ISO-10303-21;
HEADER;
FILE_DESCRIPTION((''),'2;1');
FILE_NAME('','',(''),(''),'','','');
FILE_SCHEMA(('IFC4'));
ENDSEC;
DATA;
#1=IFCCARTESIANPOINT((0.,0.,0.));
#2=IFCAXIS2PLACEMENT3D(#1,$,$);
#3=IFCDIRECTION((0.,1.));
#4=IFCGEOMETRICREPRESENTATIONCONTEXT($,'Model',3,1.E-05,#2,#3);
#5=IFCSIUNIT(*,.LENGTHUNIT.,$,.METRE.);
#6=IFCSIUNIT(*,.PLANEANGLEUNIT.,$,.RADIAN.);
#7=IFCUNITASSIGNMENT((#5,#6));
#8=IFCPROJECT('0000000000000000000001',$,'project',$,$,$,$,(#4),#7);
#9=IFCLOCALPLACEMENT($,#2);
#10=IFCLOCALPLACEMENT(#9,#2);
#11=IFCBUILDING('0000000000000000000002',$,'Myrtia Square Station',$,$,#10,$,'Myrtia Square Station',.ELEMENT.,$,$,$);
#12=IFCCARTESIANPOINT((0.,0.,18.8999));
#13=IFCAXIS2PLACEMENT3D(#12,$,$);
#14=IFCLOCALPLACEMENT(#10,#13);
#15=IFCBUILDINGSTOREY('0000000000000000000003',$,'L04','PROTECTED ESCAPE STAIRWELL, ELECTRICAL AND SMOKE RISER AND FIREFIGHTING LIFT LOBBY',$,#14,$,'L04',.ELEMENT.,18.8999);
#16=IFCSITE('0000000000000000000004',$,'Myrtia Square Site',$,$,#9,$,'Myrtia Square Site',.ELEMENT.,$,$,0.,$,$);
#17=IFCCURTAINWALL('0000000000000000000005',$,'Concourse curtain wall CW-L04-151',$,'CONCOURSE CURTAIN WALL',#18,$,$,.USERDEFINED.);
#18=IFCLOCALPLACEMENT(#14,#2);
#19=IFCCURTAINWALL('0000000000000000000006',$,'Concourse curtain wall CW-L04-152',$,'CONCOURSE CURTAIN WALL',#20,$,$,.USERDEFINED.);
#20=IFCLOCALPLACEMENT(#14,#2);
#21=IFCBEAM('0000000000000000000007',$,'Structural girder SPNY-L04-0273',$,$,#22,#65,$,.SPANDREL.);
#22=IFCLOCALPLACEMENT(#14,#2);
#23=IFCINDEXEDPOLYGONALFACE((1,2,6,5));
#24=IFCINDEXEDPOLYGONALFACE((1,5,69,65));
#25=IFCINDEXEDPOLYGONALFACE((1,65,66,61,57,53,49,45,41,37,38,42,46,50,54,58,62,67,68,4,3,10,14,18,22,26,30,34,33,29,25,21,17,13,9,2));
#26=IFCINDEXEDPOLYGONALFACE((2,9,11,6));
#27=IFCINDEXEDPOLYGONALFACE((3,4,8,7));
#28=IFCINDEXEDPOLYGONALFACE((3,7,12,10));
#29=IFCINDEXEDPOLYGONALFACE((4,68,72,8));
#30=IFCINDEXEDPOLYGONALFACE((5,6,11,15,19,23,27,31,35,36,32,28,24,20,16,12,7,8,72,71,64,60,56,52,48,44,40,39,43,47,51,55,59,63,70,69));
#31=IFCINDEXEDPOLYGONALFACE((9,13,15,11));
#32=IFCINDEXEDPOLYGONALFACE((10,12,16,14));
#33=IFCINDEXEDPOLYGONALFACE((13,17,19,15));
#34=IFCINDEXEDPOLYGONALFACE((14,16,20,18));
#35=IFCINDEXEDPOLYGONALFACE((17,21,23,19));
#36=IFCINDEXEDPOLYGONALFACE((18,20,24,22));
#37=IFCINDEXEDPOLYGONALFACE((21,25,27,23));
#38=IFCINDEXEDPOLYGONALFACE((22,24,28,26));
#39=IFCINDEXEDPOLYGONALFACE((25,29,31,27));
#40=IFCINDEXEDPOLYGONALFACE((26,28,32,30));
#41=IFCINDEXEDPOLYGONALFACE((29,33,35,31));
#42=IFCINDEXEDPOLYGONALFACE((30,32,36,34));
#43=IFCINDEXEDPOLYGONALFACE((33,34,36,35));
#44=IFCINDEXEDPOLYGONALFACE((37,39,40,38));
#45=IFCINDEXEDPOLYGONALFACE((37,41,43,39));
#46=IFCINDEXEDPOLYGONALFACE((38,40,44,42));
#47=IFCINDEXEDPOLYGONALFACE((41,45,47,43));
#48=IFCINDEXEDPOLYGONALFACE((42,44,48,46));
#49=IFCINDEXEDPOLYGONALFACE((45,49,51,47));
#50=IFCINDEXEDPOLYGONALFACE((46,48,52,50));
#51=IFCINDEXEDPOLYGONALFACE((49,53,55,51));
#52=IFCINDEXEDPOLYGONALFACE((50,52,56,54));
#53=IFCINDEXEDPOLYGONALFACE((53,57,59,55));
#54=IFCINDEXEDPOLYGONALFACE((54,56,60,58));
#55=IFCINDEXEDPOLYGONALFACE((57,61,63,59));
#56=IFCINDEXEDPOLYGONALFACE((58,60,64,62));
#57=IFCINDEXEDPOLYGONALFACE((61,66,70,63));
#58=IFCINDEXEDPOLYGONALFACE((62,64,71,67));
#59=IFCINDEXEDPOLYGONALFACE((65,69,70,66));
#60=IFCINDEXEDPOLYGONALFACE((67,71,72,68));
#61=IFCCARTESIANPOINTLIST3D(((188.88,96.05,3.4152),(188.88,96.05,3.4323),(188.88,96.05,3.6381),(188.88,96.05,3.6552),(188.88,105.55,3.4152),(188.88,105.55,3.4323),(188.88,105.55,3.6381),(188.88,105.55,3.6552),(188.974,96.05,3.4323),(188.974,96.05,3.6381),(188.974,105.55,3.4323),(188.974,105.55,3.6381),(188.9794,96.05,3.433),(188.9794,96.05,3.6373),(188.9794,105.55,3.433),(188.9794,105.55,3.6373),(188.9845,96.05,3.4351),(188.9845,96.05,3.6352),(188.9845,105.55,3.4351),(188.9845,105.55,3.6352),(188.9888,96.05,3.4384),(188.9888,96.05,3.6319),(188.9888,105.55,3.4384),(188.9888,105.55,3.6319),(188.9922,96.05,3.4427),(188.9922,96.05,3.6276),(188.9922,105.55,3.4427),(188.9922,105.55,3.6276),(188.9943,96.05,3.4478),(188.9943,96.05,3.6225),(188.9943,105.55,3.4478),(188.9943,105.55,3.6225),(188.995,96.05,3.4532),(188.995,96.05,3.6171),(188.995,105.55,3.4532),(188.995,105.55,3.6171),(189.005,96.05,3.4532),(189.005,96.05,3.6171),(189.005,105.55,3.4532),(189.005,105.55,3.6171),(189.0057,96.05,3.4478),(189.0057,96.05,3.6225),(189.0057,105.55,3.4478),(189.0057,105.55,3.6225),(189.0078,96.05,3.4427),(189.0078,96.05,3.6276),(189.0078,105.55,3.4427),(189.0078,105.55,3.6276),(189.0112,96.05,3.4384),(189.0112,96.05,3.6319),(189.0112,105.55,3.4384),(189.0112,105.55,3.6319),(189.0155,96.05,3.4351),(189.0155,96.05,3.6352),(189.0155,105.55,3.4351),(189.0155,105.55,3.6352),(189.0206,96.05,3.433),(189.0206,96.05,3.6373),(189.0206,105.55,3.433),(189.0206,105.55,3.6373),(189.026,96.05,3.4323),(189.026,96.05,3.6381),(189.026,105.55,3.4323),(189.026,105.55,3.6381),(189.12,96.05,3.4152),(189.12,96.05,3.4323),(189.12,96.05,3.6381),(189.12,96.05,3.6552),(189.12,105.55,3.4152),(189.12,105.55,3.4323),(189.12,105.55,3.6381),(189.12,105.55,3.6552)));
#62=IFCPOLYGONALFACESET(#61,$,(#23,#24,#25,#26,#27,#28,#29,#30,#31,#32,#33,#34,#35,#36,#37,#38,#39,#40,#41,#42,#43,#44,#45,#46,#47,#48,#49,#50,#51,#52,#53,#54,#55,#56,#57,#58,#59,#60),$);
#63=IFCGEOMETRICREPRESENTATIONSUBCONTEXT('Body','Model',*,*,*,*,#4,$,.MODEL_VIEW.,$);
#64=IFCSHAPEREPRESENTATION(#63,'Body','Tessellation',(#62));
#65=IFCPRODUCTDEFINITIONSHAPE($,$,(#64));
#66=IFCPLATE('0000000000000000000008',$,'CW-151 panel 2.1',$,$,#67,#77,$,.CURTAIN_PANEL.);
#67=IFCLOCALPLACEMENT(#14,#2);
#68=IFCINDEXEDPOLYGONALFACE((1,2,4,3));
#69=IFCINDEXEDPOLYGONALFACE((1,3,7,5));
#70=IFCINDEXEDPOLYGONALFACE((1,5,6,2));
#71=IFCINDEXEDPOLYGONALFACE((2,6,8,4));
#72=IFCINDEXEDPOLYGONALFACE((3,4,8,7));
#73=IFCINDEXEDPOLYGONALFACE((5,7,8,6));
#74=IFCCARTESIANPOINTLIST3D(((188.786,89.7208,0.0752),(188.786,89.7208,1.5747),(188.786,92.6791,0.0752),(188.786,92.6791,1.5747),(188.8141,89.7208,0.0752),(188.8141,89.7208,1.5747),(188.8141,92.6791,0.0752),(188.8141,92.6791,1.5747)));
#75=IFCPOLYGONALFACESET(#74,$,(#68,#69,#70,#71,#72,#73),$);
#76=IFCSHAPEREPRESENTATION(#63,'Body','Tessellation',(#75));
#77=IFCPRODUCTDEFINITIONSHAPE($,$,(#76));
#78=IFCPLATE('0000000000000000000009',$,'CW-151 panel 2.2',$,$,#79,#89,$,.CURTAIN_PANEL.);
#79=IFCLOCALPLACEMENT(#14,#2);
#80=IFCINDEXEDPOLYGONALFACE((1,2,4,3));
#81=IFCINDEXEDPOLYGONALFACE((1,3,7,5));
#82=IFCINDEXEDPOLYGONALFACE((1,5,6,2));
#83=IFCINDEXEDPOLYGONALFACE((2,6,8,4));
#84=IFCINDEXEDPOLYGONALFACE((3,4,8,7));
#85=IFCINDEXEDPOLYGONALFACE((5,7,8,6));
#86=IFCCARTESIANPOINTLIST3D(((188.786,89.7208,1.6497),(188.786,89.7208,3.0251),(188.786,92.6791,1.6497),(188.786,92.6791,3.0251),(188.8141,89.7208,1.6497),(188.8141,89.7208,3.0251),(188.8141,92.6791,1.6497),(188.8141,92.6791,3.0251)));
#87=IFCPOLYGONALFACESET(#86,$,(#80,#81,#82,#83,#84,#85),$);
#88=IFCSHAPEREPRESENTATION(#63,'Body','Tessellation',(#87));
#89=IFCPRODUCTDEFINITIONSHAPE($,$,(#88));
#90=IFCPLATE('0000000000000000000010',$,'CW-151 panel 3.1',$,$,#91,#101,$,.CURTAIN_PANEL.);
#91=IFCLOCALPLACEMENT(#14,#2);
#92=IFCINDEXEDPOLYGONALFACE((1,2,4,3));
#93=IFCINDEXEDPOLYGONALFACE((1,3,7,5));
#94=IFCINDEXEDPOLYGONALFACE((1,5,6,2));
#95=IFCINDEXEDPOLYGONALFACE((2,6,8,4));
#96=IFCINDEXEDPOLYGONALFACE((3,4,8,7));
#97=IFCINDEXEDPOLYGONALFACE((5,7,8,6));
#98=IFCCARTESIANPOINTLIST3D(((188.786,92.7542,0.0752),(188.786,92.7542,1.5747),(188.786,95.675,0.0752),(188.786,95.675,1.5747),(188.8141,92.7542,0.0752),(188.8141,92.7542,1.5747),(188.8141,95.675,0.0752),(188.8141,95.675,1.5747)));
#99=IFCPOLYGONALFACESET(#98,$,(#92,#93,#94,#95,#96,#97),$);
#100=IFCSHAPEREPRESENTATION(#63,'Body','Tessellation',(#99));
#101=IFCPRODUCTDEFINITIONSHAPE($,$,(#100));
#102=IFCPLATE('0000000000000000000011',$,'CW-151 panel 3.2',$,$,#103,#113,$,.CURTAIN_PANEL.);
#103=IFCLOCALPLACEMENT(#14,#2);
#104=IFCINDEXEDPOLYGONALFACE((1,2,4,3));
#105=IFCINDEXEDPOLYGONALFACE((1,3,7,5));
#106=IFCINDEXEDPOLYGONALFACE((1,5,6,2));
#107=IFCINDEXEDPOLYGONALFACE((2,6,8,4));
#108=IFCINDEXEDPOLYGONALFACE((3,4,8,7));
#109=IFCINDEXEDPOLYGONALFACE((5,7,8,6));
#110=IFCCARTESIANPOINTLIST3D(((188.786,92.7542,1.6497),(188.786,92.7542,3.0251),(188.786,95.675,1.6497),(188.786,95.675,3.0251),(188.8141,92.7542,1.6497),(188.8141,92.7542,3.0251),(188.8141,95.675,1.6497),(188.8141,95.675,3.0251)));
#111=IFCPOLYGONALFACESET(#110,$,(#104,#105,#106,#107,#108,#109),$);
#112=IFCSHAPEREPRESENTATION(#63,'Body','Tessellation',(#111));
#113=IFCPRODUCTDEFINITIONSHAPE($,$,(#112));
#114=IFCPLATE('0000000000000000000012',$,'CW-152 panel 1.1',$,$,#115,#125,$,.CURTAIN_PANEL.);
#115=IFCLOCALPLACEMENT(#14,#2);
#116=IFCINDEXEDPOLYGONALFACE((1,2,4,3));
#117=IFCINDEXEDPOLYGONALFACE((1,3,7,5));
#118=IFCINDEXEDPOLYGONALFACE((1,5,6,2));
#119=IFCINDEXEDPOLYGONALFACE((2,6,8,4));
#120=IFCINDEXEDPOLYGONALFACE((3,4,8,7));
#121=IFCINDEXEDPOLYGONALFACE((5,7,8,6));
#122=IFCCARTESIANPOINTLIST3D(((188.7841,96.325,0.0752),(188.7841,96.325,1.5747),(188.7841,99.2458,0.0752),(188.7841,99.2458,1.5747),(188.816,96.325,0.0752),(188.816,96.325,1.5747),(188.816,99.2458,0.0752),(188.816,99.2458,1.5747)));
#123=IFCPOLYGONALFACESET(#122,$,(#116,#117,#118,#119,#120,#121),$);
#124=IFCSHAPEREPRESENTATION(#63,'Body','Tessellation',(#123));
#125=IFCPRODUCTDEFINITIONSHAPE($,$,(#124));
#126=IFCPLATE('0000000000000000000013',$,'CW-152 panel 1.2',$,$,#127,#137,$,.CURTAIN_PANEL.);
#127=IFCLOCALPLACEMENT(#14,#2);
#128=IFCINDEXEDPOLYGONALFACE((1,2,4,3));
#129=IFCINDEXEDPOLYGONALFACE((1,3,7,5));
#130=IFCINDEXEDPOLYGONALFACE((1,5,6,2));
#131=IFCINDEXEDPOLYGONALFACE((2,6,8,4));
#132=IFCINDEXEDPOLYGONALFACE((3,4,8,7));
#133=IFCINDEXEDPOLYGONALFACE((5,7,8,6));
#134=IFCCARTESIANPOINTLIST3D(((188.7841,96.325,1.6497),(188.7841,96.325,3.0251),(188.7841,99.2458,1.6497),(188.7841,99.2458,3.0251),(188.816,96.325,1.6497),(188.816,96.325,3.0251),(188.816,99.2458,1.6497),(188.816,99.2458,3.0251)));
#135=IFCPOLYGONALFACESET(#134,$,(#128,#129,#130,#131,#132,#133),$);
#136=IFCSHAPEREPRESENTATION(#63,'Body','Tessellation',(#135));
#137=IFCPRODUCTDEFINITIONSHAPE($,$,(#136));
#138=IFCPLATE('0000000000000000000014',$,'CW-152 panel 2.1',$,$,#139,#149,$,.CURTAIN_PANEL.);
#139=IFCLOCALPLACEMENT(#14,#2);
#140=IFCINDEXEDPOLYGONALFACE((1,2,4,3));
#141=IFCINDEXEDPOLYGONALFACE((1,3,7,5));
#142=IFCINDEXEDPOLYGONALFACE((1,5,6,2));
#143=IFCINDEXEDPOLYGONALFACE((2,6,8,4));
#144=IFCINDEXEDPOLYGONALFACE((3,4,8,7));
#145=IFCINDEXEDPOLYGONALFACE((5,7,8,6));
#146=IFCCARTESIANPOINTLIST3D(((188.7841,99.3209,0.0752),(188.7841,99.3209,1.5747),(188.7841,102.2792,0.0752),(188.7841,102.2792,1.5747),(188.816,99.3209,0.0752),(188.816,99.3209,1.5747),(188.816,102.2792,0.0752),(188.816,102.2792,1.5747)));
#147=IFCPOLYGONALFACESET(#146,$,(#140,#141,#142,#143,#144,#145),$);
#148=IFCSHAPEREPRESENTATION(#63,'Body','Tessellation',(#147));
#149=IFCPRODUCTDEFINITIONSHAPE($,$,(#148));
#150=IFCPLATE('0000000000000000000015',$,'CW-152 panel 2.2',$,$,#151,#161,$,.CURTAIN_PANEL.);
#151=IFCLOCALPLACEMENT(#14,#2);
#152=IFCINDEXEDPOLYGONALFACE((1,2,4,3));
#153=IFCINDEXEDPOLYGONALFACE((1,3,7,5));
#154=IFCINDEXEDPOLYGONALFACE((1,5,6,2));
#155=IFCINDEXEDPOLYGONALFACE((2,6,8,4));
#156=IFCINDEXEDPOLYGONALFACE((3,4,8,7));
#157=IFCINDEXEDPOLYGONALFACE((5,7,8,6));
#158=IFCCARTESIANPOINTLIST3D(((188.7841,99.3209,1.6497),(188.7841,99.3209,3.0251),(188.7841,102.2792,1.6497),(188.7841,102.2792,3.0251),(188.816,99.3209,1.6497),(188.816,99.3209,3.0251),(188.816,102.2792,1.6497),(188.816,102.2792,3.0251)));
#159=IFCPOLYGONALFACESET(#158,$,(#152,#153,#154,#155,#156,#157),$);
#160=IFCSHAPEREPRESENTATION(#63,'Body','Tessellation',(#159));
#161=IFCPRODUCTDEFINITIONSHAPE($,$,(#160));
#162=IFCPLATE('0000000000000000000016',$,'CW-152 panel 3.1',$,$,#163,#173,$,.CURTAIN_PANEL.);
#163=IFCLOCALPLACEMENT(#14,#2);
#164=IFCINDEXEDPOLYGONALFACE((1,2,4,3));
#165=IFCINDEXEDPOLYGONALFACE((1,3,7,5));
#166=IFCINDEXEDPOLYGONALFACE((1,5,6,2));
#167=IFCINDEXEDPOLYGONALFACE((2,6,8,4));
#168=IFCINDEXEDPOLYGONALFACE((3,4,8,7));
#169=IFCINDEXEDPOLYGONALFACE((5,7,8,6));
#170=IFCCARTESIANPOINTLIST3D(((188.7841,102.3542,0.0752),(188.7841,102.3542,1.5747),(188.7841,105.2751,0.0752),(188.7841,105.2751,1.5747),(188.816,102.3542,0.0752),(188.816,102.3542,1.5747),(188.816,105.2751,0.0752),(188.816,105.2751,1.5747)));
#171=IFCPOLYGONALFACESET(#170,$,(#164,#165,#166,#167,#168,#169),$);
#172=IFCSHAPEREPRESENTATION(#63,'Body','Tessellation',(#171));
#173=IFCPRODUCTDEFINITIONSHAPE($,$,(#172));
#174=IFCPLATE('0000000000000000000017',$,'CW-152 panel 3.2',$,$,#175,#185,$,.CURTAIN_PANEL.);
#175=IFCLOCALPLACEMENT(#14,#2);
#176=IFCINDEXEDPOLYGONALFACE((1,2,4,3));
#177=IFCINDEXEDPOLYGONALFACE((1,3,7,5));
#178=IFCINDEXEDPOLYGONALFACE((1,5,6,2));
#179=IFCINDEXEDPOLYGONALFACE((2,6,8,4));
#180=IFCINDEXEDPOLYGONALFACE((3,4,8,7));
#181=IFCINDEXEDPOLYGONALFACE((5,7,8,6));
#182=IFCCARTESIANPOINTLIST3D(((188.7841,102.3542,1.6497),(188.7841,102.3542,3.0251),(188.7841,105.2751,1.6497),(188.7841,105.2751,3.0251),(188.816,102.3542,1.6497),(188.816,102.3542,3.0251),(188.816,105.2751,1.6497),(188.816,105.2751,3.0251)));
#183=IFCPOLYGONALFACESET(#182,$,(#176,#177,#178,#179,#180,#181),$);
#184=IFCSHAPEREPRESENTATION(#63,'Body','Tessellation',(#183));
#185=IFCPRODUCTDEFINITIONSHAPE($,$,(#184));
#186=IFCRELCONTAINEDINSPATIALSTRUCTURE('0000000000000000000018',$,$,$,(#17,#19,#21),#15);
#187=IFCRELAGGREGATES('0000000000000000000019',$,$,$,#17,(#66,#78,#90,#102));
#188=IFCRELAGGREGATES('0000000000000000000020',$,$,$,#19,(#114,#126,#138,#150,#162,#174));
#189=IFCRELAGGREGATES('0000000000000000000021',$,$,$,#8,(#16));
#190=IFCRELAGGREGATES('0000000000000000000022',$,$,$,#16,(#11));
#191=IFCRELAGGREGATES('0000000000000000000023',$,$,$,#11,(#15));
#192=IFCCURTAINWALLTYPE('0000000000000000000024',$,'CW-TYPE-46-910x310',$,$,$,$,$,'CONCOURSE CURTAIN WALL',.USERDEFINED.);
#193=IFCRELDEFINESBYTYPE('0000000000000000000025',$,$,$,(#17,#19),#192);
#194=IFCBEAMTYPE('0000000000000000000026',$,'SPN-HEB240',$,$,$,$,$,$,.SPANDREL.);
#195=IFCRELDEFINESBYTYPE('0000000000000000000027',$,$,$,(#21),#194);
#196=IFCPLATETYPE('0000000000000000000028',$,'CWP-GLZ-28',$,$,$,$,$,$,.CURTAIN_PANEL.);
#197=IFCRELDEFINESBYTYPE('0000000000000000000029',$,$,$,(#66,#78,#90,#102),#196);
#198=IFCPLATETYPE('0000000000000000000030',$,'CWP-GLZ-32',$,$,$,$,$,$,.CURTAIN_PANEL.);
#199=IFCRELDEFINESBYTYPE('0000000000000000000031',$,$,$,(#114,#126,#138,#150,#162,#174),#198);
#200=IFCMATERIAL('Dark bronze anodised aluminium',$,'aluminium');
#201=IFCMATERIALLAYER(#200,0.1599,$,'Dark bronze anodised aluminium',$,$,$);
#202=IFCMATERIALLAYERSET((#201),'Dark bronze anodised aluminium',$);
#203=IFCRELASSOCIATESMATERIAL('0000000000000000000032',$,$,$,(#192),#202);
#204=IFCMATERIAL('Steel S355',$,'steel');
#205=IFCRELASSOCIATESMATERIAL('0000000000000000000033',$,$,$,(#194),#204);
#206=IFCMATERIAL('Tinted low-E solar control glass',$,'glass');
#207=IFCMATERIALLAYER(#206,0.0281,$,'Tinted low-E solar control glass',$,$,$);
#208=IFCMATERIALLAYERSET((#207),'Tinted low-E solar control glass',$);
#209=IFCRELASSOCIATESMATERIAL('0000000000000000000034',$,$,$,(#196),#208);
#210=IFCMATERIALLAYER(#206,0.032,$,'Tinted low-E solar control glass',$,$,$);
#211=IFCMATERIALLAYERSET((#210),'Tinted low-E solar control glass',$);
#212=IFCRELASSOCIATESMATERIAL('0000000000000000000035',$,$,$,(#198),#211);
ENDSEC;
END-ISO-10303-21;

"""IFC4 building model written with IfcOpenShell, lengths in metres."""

from ifc_helpers import new_model, si_unit, direction, frame, origin, origin_2d, place, context, subcontext, project, spatial, rectangle, i_section, extrude, material, layer, layer_set, material_profile, profile_set, type_object, element, aggregate, save


model = new_model("IFC4")

# Units and contexts
model_context = context("Model", 3, precision=1e-05, world=origin(), true_north=direction((0.0, 1.0)))
body_context = subcontext(model_context, "Body", "Model", "MODEL_VIEW")
ifc_project = project(units=[si_unit("LENGTHUNIT", "METRE"), si_unit("PLANEANGLEUNIT", "RADIAN")], contexts=[model_context])

# Site, building, storey
site_placement = place(None, origin())
site = spatial("IfcSite", under=ifc_project, at=site_placement, Name="Myrtia Square Site", LongName="Myrtia Square Site", CompositionType="ELEMENT", RefElevation=0.0)
building_placement = place(site_placement, origin())
building = spatial("IfcBuilding", under=site, at=building_placement, Name="Myrtia Square Station", LongName="Myrtia Square Station", CompositionType="ELEMENT")
storey_placement = place(building_placement, frame((0.0, 0.0, 18.8999)))
storey = spatial("IfcBuildingStorey", under=building, at=storey_placement, Name="L04", Description="PROTECTED ESCAPE STAIRWELL, ELECTRICAL AND SMOKE RISER AND FIREFIGHTING LIFT LOBBY", LongName="L04", CompositionType="ELEMENT", Elevation=18.8999)

# Shared definitions
ifc_material_1 = material(Name="Steel S355", Category="steel")

# Curtain walls
ifc_material_2 = material(Name="Dark bronze anodised aluminium", Category="aluminium")
ifc_layer_1 = layer(ifc_material_2, 0.1599, Name="Dark bronze anodised aluminium")
ifc_layer_set_1 = layer_set([ifc_layer_1], Name="Dark bronze anodised aluminium")
curtain_wall_type = type_object("IfcCurtainWallType", Name="CW-TYPE-46-910x310", ElementType="CONCOURSE CURTAIN WALL", PredefinedType="USERDEFINED", material=ifc_layer_set_1)
curtain_wall_1_placement = place(storey_placement, origin())
curtain_wall_1 = element("IfcCurtainWall", 1, at=curtain_wall_1_placement, inside=storey, type_object=curtain_wall_type, Name="Concourse curtain wall CW-L04-151", ObjectType="CONCOURSE CURTAIN WALL", PredefinedType="USERDEFINED")
curtain_wall_2_placement = place(storey_placement, origin())
curtain_wall_2 = element("IfcCurtainWall", 2, at=curtain_wall_2_placement, inside=storey, type_object=curtain_wall_type, Name="Concourse curtain wall CW-L04-152", ObjectType="CONCOURSE CURTAIN WALL", PredefinedType="USERDEFINED")

# Beam
ifc_material_profile_1 = material_profile(ifc_material_1, i_section(OverallWidth=0.24, OverallDepth=0.24, WebThickness=0.01, FlangeThickness=0.0171, FilletRadius=0.021, at=origin_2d()), Name="HEB 240")
ifc_profile_set_1 = profile_set([ifc_material_profile_1], Name="Steel S355")
beam_type_1 = type_object("IfcBeamType", Name="SPN-HEB240", PredefinedType="SPANDREL", material=ifc_profile_set_1)
beam_1_placement = place(storey_placement, frame((189.0, 96.05, 3.5352), z_axis=(0.0, 1.0, 0.0), x_axis=(-1.0, 0.0, 0.0)))
element("IfcBeam", 3, at=beam_1_placement, inside=storey, type_object=beam_type_1, Name="Structural girder SPNY-L04-0273", PredefinedType="SPANDREL", context=body_context, shape_type="SweptSolid", body=[
    extrude(i_section(OverallWidth=0.24, OverallDepth=0.24, WebThickness=0.01, FlangeThickness=0.0171, FilletRadius=0.021, at=origin_2d()), origin(), (0.0, 0.0, 1.0), 9.5),
])

# Plates
ifc_material_3 = material(Name="Tinted low-E solar control glass", Category="glass")
ifc_layer_2 = layer(ifc_material_3, 0.0281, Name="Tinted low-E solar control glass")
ifc_layer_set_2 = layer_set([ifc_layer_2], Name="Tinted low-E solar control glass")
plate_type_1 = type_object("IfcPlateType", Name="CWP-GLZ-28", PredefinedType="CURTAIN_PANEL", material=ifc_layer_set_2)
plate_1_placement = place(storey_placement, frame((188.8, 91.2, 0.0752), z_axis=(0.0, 0.0, 1.0), x_axis=(0.0, 1.0, 0.0)))
plate_1 = element("IfcPlate", 4, at=plate_1_placement, type_object=plate_type_1, Name="CW-151 panel 2.1", PredefinedType="CURTAIN_PANEL", context=body_context, shape_type="SweptSolid", body=[
    extrude(rectangle(XDim=2.9583, YDim=0.0281, at=origin_2d()), origin(), (0.0, 0.0, 1.0), 1.4995),
])
plate_2_placement = place(storey_placement, frame((188.8, 91.2, 1.6497), z_axis=(0.0, 0.0, 1.0), x_axis=(0.0, 1.0, 0.0)))
plate_2 = element("IfcPlate", 5, at=plate_2_placement, type_object=plate_type_1, Name="CW-151 panel 2.2", PredefinedType="CURTAIN_PANEL", context=body_context, shape_type="SweptSolid", body=[
    extrude(rectangle(XDim=2.9583, YDim=0.0281, at=origin_2d()), origin(), (0.0, 0.0, 1.0), 1.3755),
])
plate_3_placement = place(storey_placement, frame((188.8, 94.2146, 0.0752), z_axis=(0.0, 0.0, 1.0), x_axis=(0.0, 1.0, 0.0)))
plate_3 = element("IfcPlate", 6, at=plate_3_placement, type_object=plate_type_1, Name="CW-151 panel 3.1", PredefinedType="CURTAIN_PANEL", context=body_context, shape_type="SweptSolid", body=[
    extrude(rectangle(XDim=2.9209, YDim=0.0281, at=origin_2d()), origin(), (0.0, 0.0, 1.0), 1.4995),
])
plate_4_placement = place(storey_placement, frame((188.8, 94.2146, 1.6497), z_axis=(0.0, 0.0, 1.0), x_axis=(0.0, 1.0, 0.0)))
plate_4 = element("IfcPlate", 7, at=plate_4_placement, type_object=plate_type_1, Name="CW-151 panel 3.2", PredefinedType="CURTAIN_PANEL", context=body_context, shape_type="SweptSolid", body=[
    extrude(rectangle(XDim=2.9209, YDim=0.0281, at=origin_2d()), origin(), (0.0, 0.0, 1.0), 1.3755),
])
aggregate(curtain_wall_1, [plate_1, plate_2, plate_3, plate_4])
ifc_layer_3 = layer(ifc_material_3, 0.032, Name="Tinted low-E solar control glass")
ifc_layer_set_3 = layer_set([ifc_layer_3], Name="Tinted low-E solar control glass")
plate_type_2 = type_object("IfcPlateType", Name="CWP-GLZ-32", PredefinedType="CURTAIN_PANEL", material=ifc_layer_set_3)
plate_5_placement = place(storey_placement, frame((188.8, 97.7854, 0.0752), z_axis=(0.0, 0.0, 1.0), x_axis=(0.0, 1.0, 0.0)))
plate_5 = element("IfcPlate", 8, at=plate_5_placement, type_object=plate_type_2, Name="CW-152 panel 1.1", PredefinedType="CURTAIN_PANEL", context=body_context, shape_type="SweptSolid", body=[
    extrude(rectangle(XDim=2.9209, YDim=0.032, at=origin_2d()), origin(), (0.0, 0.0, 1.0), 1.4995),
])
plate_6_placement = place(storey_placement, frame((188.8, 97.7854, 1.6497), z_axis=(0.0, 0.0, 1.0), x_axis=(0.0, 1.0, 0.0)))
plate_6 = element("IfcPlate", 9, at=plate_6_placement, type_object=plate_type_2, Name="CW-152 panel 1.2", PredefinedType="CURTAIN_PANEL", context=body_context, shape_type="SweptSolid", body=[
    extrude(rectangle(XDim=2.9209, YDim=0.032, at=origin_2d()), origin(), (0.0, 0.0, 1.0), 1.3755),
])
plate_7_placement = place(storey_placement, frame((188.8, 100.8, 0.0752), z_axis=(0.0, 0.0, 1.0), x_axis=(0.0, 1.0, 0.0)))
plate_7 = element("IfcPlate", 10, at=plate_7_placement, type_object=plate_type_2, Name="CW-152 panel 2.1", PredefinedType="CURTAIN_PANEL", context=body_context, shape_type="SweptSolid", body=[
    extrude(rectangle(XDim=2.9583, YDim=0.032, at=origin_2d()), origin(), (0.0, 0.0, 1.0), 1.4995),
])
plate_8_placement = place(storey_placement, frame((188.8, 100.8, 1.6497), z_axis=(0.0, 0.0, 1.0), x_axis=(0.0, 1.0, 0.0)))
plate_8 = element("IfcPlate", 11, at=plate_8_placement, type_object=plate_type_2, Name="CW-152 panel 2.2", PredefinedType="CURTAIN_PANEL", context=body_context, shape_type="SweptSolid", body=[
    extrude(rectangle(XDim=2.9583, YDim=0.032, at=origin_2d()), origin(), (0.0, 0.0, 1.0), 1.3755),
])
plate_9_placement = place(storey_placement, frame((188.8, 103.8147, 0.0752), z_axis=(0.0, 0.0, 1.0), x_axis=(0.0, 1.0, 0.0)))
plate_9 = element("IfcPlate", 12, at=plate_9_placement, type_object=plate_type_2, Name="CW-152 panel 3.1", PredefinedType="CURTAIN_PANEL", context=body_context, shape_type="SweptSolid", body=[
    extrude(rectangle(XDim=2.9209, YDim=0.032, at=origin_2d()), origin(), (0.0, 0.0, 1.0), 1.4995),
])
plate_10_placement = place(storey_placement, frame((188.8, 103.8147, 1.6497), z_axis=(0.0, 0.0, 1.0), x_axis=(0.0, 1.0, 0.0)))
plate_10 = element("IfcPlate", 13, at=plate_10_placement, type_object=plate_type_2, Name="CW-152 panel 3.2", PredefinedType="CURTAIN_PANEL", context=body_context, shape_type="SweptSolid", body=[
    extrude(rectangle(XDim=2.9209, YDim=0.032, at=origin_2d()), origin(), (0.0, 0.0, 1.0), 1.3755),
])
aggregate(curtain_wall_2, [plate_5, plate_6, plate_7, plate_8, plate_9, plate_10])

save(model, "model.ifc")
